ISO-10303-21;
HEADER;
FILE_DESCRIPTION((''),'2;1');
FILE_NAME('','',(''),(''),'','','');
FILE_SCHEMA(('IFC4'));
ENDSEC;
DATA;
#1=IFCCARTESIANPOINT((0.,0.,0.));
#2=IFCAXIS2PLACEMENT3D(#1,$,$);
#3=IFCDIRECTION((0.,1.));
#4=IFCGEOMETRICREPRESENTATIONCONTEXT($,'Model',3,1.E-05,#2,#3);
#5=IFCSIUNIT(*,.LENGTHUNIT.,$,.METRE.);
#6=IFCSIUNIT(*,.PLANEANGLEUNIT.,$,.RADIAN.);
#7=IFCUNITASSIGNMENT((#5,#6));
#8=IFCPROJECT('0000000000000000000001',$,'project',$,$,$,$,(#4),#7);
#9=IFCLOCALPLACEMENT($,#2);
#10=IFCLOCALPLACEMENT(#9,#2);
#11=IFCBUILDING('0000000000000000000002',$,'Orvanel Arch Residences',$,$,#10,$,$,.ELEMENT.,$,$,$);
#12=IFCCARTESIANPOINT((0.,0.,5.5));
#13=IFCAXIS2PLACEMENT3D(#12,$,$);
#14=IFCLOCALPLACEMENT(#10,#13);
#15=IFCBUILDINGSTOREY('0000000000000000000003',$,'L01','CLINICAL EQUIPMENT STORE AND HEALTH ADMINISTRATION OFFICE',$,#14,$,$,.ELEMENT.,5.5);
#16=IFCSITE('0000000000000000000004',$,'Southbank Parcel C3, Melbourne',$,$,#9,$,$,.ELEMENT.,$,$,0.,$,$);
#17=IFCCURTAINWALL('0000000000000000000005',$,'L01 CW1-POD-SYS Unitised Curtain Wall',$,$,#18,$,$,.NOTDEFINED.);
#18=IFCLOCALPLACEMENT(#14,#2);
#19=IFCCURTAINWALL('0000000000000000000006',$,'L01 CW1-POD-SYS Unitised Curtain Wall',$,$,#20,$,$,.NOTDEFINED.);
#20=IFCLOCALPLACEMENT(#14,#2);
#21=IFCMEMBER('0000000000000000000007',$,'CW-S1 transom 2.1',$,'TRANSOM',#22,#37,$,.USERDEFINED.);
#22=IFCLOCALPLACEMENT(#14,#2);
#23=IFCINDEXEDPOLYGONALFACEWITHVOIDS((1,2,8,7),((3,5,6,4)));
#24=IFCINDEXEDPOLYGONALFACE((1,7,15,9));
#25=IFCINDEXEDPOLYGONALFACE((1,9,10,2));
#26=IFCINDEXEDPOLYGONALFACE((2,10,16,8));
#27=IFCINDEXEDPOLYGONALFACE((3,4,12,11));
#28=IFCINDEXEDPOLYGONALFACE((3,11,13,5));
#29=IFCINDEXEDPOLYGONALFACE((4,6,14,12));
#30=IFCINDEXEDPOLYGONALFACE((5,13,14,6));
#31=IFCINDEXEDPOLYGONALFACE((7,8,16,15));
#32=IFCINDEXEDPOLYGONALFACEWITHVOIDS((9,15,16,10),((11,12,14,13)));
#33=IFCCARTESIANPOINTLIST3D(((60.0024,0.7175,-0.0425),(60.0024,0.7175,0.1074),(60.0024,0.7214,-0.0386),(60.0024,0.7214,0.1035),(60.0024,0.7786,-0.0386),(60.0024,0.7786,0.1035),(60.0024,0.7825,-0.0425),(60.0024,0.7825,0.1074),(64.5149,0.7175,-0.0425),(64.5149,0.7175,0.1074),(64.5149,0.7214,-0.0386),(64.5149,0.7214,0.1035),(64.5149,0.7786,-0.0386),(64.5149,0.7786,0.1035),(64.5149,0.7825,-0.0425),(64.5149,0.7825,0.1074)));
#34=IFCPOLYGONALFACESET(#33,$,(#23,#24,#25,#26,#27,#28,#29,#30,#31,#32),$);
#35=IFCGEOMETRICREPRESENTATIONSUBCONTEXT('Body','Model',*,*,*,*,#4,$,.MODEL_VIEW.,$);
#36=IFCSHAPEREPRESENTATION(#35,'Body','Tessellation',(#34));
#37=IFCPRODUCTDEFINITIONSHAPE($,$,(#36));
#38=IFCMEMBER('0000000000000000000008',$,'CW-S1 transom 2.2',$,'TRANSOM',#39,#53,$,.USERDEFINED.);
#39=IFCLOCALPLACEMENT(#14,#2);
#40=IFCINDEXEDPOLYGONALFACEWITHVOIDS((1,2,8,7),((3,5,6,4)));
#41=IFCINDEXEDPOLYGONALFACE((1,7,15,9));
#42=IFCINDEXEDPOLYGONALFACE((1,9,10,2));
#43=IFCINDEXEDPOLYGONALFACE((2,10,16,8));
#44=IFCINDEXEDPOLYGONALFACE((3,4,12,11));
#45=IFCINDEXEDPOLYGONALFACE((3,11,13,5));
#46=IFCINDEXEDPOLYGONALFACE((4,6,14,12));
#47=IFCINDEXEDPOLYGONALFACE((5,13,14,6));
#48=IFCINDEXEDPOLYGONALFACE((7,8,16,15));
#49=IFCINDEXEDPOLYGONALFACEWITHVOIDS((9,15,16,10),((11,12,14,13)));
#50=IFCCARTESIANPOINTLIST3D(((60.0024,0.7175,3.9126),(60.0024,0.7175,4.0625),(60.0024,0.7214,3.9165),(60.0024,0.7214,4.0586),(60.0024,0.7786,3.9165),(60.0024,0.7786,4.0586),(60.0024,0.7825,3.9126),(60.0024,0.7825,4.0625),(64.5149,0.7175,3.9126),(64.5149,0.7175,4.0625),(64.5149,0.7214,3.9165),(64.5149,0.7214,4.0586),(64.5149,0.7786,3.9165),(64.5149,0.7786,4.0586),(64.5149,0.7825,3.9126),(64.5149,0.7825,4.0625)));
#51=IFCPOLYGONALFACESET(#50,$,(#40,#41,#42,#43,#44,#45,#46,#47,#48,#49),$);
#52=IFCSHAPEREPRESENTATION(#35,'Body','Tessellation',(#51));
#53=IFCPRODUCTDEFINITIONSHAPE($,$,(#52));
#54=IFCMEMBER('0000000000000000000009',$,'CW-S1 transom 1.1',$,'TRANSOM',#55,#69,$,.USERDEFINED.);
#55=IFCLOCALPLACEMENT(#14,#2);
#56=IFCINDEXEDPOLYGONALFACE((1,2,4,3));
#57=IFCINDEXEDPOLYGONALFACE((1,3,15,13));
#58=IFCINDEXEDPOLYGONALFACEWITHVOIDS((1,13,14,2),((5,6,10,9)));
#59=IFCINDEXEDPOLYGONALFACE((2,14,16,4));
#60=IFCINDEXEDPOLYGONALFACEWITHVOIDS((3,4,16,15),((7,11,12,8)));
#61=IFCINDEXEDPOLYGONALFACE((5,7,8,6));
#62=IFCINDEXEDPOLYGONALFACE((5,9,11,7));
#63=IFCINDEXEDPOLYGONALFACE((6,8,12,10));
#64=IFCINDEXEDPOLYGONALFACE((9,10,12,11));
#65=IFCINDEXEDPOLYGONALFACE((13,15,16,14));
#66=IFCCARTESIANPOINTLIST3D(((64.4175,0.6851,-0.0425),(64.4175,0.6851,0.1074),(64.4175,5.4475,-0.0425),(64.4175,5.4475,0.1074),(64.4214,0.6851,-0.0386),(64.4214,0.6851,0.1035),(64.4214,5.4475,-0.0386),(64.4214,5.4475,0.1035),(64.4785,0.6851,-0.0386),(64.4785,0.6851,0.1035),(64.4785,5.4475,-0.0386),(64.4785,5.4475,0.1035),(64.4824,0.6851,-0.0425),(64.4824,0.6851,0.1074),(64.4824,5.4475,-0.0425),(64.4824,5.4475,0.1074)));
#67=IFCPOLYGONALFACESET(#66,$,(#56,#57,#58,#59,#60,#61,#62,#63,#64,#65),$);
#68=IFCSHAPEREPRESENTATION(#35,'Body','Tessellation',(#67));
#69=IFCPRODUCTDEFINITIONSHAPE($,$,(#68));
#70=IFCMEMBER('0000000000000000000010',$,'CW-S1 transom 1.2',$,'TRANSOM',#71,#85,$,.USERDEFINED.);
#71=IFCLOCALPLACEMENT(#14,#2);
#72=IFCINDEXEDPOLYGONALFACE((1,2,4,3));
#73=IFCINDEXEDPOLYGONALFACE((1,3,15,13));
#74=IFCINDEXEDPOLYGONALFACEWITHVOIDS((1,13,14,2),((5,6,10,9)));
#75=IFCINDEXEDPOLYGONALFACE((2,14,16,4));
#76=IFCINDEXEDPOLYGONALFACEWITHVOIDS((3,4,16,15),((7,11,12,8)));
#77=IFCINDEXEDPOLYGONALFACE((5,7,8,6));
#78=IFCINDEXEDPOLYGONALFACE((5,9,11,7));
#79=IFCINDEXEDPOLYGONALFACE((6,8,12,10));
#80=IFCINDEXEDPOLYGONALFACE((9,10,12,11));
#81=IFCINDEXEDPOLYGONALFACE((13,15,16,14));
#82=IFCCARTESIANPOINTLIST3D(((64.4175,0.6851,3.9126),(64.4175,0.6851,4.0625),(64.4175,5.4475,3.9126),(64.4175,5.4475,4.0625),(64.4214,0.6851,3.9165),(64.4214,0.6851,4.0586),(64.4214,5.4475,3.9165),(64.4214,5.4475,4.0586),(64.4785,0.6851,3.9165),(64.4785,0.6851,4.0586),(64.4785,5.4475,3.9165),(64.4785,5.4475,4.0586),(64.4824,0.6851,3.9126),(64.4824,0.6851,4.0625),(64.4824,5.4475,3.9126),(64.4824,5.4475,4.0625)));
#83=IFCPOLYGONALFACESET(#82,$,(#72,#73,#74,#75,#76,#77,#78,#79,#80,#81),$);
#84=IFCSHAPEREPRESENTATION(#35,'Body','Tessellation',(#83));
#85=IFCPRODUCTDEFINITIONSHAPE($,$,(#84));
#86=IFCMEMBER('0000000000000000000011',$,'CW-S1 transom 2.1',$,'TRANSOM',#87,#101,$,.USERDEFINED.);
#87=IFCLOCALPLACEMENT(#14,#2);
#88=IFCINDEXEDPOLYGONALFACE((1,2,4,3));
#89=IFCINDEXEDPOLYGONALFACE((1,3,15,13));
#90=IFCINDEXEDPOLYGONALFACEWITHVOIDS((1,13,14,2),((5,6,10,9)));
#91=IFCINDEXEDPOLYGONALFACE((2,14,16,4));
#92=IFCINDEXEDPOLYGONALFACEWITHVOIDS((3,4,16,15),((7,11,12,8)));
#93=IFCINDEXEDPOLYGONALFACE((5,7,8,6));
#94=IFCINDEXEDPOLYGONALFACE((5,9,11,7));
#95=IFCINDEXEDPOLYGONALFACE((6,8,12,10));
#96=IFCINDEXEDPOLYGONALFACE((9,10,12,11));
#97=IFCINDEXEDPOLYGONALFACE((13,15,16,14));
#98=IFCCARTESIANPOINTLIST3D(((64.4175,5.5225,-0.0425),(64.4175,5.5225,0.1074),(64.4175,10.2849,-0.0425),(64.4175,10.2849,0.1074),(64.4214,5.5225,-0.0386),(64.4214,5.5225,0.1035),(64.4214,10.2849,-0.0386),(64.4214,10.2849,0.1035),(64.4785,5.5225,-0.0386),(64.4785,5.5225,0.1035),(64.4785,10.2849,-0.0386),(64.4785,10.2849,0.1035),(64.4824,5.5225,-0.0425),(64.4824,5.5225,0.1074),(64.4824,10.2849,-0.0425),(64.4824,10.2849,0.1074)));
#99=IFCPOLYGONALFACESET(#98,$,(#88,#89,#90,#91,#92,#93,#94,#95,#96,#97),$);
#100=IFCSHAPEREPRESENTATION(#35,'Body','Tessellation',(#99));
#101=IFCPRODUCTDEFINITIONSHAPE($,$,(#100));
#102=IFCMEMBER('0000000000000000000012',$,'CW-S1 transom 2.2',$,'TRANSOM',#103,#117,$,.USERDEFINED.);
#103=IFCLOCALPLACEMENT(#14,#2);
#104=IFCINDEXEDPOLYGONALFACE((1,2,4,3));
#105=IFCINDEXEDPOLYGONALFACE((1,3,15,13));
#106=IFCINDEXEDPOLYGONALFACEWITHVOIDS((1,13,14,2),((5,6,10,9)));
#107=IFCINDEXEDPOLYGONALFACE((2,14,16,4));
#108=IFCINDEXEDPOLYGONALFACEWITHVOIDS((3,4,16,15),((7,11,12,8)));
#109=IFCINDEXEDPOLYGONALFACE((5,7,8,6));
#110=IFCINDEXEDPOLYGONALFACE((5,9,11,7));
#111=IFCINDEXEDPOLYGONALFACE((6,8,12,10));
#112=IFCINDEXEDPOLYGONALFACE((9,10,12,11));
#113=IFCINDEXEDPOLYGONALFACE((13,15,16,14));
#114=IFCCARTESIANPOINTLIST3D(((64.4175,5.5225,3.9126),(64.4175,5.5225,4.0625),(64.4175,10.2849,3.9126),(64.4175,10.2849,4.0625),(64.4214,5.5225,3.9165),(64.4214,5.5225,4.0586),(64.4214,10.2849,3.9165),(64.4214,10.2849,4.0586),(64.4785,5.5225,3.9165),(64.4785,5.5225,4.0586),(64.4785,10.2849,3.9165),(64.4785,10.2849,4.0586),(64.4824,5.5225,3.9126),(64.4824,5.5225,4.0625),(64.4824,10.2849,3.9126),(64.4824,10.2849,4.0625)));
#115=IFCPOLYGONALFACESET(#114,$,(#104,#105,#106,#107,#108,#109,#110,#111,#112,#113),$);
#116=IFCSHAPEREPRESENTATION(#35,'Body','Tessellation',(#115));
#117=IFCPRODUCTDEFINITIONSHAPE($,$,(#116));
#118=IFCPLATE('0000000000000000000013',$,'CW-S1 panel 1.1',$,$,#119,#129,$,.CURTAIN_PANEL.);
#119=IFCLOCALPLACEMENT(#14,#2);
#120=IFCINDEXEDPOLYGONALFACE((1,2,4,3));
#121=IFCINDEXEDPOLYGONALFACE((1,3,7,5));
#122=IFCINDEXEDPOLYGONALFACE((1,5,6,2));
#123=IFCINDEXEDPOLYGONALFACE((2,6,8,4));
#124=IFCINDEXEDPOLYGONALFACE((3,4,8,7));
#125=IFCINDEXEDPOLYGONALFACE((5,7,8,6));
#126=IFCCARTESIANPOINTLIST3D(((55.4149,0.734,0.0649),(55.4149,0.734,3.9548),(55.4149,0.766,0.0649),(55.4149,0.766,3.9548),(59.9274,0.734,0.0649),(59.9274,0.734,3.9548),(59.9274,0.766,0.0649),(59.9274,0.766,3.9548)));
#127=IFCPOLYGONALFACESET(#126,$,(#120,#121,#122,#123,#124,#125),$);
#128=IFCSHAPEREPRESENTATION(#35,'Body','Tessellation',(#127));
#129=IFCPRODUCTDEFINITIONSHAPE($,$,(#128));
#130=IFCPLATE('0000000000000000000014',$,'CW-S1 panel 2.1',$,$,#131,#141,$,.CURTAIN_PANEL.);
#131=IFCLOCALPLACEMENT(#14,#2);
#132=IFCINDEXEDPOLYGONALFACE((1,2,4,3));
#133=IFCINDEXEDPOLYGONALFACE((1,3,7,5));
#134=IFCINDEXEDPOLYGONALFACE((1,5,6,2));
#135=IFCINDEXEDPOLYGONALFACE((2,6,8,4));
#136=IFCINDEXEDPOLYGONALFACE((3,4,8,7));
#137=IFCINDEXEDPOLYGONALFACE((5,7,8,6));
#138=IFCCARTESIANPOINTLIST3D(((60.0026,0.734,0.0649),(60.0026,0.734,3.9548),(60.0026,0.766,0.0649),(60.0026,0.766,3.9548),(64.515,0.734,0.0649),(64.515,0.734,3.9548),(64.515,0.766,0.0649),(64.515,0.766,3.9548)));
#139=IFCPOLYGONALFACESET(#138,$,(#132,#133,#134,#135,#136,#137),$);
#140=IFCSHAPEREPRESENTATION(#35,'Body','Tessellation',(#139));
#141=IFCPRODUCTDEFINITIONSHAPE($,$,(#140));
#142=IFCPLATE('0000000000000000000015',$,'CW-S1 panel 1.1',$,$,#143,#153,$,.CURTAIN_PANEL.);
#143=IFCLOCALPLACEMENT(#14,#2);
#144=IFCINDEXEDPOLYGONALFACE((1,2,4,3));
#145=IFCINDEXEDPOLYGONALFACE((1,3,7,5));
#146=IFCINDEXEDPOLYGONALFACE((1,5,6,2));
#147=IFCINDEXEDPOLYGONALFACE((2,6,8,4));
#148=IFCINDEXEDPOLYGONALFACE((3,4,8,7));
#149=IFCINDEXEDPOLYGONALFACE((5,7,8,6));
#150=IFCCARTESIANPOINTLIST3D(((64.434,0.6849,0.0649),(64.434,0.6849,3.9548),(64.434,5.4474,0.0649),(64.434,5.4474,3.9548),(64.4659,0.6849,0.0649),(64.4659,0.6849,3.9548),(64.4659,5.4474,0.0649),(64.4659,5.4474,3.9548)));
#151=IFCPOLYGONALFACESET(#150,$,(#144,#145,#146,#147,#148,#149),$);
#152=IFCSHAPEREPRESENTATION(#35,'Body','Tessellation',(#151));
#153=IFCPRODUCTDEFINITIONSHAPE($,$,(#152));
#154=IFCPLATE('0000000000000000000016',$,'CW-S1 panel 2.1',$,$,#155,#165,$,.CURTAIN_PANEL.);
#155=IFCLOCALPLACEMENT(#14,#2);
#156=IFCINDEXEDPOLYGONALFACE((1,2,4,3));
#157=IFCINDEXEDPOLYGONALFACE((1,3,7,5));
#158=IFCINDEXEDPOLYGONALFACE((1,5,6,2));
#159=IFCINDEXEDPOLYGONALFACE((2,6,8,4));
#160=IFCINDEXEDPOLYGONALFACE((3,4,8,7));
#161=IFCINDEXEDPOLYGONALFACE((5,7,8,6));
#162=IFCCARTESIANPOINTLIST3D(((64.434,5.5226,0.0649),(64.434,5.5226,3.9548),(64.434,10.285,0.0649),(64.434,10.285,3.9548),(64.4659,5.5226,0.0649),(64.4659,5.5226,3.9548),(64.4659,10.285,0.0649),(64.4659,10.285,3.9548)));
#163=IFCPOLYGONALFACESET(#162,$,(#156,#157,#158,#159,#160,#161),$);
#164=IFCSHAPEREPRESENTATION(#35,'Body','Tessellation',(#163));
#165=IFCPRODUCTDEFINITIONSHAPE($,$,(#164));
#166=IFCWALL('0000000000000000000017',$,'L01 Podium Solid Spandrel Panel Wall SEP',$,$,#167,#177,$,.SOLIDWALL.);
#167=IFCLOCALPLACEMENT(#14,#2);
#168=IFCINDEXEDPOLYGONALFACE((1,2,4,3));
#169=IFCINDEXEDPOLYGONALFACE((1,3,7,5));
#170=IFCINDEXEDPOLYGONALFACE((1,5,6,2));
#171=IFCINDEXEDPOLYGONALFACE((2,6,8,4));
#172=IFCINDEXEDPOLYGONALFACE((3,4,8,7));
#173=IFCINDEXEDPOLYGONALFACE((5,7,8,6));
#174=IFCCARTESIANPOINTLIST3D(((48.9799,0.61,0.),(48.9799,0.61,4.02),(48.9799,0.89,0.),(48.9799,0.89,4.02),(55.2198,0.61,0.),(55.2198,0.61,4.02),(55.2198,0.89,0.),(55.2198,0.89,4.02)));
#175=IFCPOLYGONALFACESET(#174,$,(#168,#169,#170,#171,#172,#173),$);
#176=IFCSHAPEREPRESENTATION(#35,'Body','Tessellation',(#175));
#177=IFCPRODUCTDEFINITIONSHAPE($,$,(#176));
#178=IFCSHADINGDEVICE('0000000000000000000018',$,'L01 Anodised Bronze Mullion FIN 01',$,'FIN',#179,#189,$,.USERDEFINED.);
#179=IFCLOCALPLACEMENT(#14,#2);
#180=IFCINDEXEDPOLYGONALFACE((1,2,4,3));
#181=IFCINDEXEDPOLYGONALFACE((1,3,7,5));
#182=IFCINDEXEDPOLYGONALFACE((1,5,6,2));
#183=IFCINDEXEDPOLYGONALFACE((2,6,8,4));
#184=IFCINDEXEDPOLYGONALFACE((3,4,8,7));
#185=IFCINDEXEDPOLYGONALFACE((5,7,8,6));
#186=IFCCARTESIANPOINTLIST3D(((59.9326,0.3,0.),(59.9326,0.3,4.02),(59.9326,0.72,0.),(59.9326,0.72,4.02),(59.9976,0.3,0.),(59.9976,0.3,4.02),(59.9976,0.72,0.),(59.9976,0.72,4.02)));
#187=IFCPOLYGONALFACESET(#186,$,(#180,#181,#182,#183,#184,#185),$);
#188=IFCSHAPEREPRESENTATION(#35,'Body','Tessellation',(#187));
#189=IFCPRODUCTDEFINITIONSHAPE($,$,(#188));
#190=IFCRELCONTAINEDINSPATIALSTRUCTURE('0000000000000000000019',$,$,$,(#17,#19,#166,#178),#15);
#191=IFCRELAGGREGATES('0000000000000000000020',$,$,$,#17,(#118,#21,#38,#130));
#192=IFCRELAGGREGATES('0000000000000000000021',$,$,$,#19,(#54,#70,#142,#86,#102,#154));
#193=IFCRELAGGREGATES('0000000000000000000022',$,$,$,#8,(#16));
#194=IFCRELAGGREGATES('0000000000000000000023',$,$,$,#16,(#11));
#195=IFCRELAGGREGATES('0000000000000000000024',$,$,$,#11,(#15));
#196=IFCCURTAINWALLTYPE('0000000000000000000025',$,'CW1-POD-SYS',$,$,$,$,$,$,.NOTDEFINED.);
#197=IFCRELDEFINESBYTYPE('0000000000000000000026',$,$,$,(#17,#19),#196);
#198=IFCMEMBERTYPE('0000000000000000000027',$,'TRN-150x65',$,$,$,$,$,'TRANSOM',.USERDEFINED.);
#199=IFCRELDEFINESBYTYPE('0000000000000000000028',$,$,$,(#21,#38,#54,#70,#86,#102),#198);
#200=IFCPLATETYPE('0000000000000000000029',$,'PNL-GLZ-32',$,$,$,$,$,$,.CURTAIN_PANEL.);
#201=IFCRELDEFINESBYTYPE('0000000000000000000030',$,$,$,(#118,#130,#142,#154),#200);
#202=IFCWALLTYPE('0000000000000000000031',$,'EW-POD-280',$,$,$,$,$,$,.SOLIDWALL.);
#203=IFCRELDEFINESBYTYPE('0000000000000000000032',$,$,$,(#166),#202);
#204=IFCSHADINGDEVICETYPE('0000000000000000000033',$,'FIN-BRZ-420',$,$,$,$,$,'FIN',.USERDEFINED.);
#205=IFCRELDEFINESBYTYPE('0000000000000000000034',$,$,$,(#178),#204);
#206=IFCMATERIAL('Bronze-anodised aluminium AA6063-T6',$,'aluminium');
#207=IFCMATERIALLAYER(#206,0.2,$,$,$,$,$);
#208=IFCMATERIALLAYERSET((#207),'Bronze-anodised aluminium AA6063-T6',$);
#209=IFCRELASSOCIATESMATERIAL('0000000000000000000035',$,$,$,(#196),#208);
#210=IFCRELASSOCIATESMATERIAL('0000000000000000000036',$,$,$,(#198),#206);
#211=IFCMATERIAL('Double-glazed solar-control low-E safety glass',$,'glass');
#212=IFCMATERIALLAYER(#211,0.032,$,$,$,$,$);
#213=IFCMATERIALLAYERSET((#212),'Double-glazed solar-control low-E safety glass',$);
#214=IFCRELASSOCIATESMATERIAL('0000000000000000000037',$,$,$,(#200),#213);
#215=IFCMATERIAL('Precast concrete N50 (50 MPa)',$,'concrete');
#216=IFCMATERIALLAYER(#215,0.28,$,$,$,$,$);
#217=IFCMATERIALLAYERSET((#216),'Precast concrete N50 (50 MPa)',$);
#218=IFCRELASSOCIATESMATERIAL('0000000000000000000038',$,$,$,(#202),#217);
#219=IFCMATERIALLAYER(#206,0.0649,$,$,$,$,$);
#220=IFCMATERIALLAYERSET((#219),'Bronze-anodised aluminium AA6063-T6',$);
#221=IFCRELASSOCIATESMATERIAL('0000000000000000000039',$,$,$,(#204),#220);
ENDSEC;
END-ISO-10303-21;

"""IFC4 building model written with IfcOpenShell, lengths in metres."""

from ifc_helpers import new_model, si_unit, direction, frame, frame_2d, origin, origin_2d, place, context, subcontext, project, spatial, rectangle, hollow_rectangle, extrude, material, layer, layer_set, material_profile, profile_set, type_object, element, aggregate, save


model = new_model("IFC4")

# Units and contexts
model_context = context("Model", 3, precision=1e-05, world=origin(), true_north=direction((0.0, 1.0)))
body_context = subcontext(model_context, "Body", "Model", "MODEL_VIEW")
ifc_project = project(units=[si_unit("LENGTHUNIT", "METRE"), si_unit("PLANEANGLEUNIT", "RADIAN")], contexts=[model_context])

# Site, building, storey
site_placement = place(None, origin())
site = spatial("IfcSite", under=ifc_project, at=site_placement, Name="Southbank Parcel C3, Melbourne", CompositionType="ELEMENT", RefElevation=0.0)
building_placement = place(site_placement, origin())
building = spatial("IfcBuilding", under=site, at=building_placement, Name="Orvanel Arch Residences", CompositionType="ELEMENT")
storey_placement = place(building_placement, frame((0.0, 0.0, 5.5)))
storey = spatial("IfcBuildingStorey", under=building, at=storey_placement, Name="L01", Description="CLINICAL EQUIPMENT STORE AND HEALTH ADMINISTRATION OFFICE", CompositionType="ELEMENT", Elevation=5.5)

# Curtain walls
ifc_material_1 = material(Name="Bronze-anodised aluminium AA6063-T6", Category="aluminium")
ifc_layer_1 = layer(ifc_material_1, 0.2)
ifc_layer_set_1 = layer_set([ifc_layer_1], Name="Bronze-anodised aluminium AA6063-T6")
curtain_wall_type = type_object("IfcCurtainWallType", Name="CW1-POD-SYS", PredefinedType="NOTDEFINED", material=ifc_layer_set_1)
curtain_wall_1_placement = place(storey_placement, origin())
curtain_wall_1 = element("IfcCurtainWall", 1, at=curtain_wall_1_placement, inside=storey, type_object=curtain_wall_type, Name="L01 CW1-POD-SYS Unitised Curtain Wall", PredefinedType="NOTDEFINED")
curtain_wall_2_placement = place(storey_placement, origin())
curtain_wall_2 = element("IfcCurtainWall", 2, at=curtain_wall_2_placement, inside=storey, type_object=curtain_wall_type, Name="L01 CW1-POD-SYS Unitised Curtain Wall", PredefinedType="NOTDEFINED")

# Members
ifc_material_profile_1 = material_profile(ifc_material_1, hollow_rectangle(XDim=0.0649, YDim=0.1499, WallThickness=0.0039, at=origin_2d()), Name="ALU150x65x4")
ifc_profile_set_1 = profile_set([ifc_material_profile_1], Name="Bronze-anodised aluminium AA6063-T6")
member_type_1 = type_object("IfcMemberType", Name="TRN-150x65", ElementType="TRANSOM", PredefinedType="USERDEFINED", material=ifc_profile_set_1)
member_1_placement = place(storey_placement, frame((60.0024, 0.75, 0.0325), z_axis=(1.0, 0.0, 0.0), x_axis=(0.0, 1.0, 0.0)))
member_1 = element("IfcMember", 3, at=member_1_placement, type_object=member_type_1, Name="CW-S1 transom 2.1", ObjectType="TRANSOM", PredefinedType="USERDEFINED", context=body_context, shape_type="SweptSolid", body=[
    extrude(hollow_rectangle(XDim=0.0649, YDim=0.1499, WallThickness=0.0039, at=origin_2d()), origin(), (0.0, 0.0, 1.0), 4.5125),
])
member_2_placement = place(storey_placement, frame((60.0024, 0.75, 3.9875), z_axis=(1.0, 0.0, 0.0), x_axis=(0.0, 1.0, 0.0)))
member_2 = element("IfcMember", 4, at=member_2_placement, type_object=member_type_1, Name="CW-S1 transom 2.2", ObjectType="TRANSOM", PredefinedType="USERDEFINED", context=body_context, shape_type="SweptSolid", body=[
    extrude(hollow_rectangle(XDim=0.0649, YDim=0.1499, WallThickness=0.0039, at=origin_2d()), origin(), (0.0, 0.0, 1.0), 4.5125),
])
member_3_placement = place(storey_placement, frame((64.45, 0.6851, 0.0325), z_axis=(0.0, 1.0, 0.0), x_axis=(-1.0, 0.0, 0.0)))
member_3 = element("IfcMember", 5, at=member_3_placement, type_object=member_type_1, Name="CW-S1 transom 1.1", ObjectType="TRANSOM", PredefinedType="USERDEFINED", context=body_context, shape_type="SweptSolid", body=[
    extrude(hollow_rectangle(XDim=0.0649, YDim=0.1499, WallThickness=0.0039, at=origin_2d()), origin(), (0.0, 0.0, 1.0), 4.7625),
])
member_4_placement = place(storey_placement, frame((64.45, 0.6851, 3.9875), z_axis=(0.0, 1.0, 0.0), x_axis=(-1.0, 0.0, 0.0)))
member_4 = element("IfcMember", 6, at=member_4_placement, type_object=member_type_1, Name="CW-S1 transom 1.2", ObjectType="TRANSOM", PredefinedType="USERDEFINED", context=body_context, shape_type="SweptSolid", body=[
    extrude(hollow_rectangle(XDim=0.0649, YDim=0.1499, WallThickness=0.0039, at=origin_2d()), origin(), (0.0, 0.0, 1.0), 4.7625),
])
member_5_placement = place(storey_placement, frame((64.45, 5.5225, 0.0325), z_axis=(0.0, 1.0, 0.0), x_axis=(-1.0, 0.0, 0.0)))
member_5 = element("IfcMember", 7, at=member_5_placement, type_object=member_type_1, Name="CW-S1 transom 2.1", ObjectType="TRANSOM", PredefinedType="USERDEFINED", context=body_context, shape_type="SweptSolid", body=[
    extrude(hollow_rectangle(XDim=0.0649, YDim=0.1499, WallThickness=0.0039, at=origin_2d()), origin(), (0.0, 0.0, 1.0), 4.7625),
])
member_6_placement = place(storey_placement, frame((64.45, 5.5225, 3.9875), z_axis=(0.0, 1.0, 0.0), x_axis=(-1.0, 0.0, 0.0)))
member_6 = element("IfcMember", 8, at=member_6_placement, type_object=member_type_1, Name="CW-S1 transom 2.2", ObjectType="TRANSOM", PredefinedType="USERDEFINED", context=body_context, shape_type="SweptSolid", body=[
    extrude(hollow_rectangle(XDim=0.0649, YDim=0.1499, WallThickness=0.0039, at=origin_2d()), origin(), (0.0, 0.0, 1.0), 4.7625),
])

# Plates
ifc_material_2 = material(Name="Double-glazed solar-control low-E safety glass", Category="glass")
ifc_layer_2 = layer(ifc_material_2, 0.032)
ifc_layer_set_2 = layer_set([ifc_layer_2], Name="Double-glazed solar-control low-E safety glass")
plate_type = type_object("IfcPlateType", Name="PNL-GLZ-32", PredefinedType="CURTAIN_PANEL", material=ifc_layer_set_2)
plate_1_placement = place(storey_placement, frame((57.6711, 0.75, 0.0649), z_axis=(0.0, 0.0, 1.0), x_axis=(1.0, 0.0, 0.0)))
plate_1 = element("IfcPlate", 9, at=plate_1_placement, type_object=plate_type, Name="CW-S1 panel 1.1", PredefinedType="CURTAIN_PANEL", context=body_context, shape_type="SweptSolid", body=[
    extrude(rectangle(XDim=4.5125, YDim=0.032, at=origin_2d()), origin(), (0.0, 0.0, 1.0), 3.8899),
])
plate_2_placement = place(storey_placement, frame((62.2588, 0.75, 0.0649), z_axis=(0.0, 0.0, 1.0), x_axis=(1.0, 0.0, 0.0)))
plate_2 = element("IfcPlate", 10, at=plate_2_placement, type_object=plate_type, Name="CW-S1 panel 2.1", PredefinedType="CURTAIN_PANEL", context=body_context, shape_type="SweptSolid", body=[
    extrude(rectangle(XDim=4.5125, YDim=0.032, at=origin_2d()), origin(), (0.0, 0.0, 1.0), 3.8899),
])
aggregate(curtain_wall_1, [plate_1, member_1, member_2, plate_2])
plate_3_placement = place(storey_placement, frame((64.45, 3.0662, 0.0649), z_axis=(0.0, 0.0, 1.0), x_axis=(0.0, 1.0, 0.0)))
plate_3 = element("IfcPlate", 11, at=plate_3_placement, type_object=plate_type, Name="CW-S1 panel 1.1", PredefinedType="CURTAIN_PANEL", context=body_context, shape_type="SweptSolid", body=[
    extrude(rectangle(XDim=4.7625, YDim=0.032, at=origin_2d()), origin(), (0.0, 0.0, 1.0), 3.8899),
])
plate_4_placement = place(storey_placement, frame((64.45, 7.9038, 0.0649), z_axis=(0.0, 0.0, 1.0), x_axis=(0.0, 1.0, 0.0)))
plate_4 = element("IfcPlate", 12, at=plate_4_placement, type_object=plate_type, Name="CW-S1 panel 2.1", PredefinedType="CURTAIN_PANEL", context=body_context, shape_type="SweptSolid", body=[
    extrude(rectangle(XDim=4.7625, YDim=0.032, at=origin_2d()), origin(), (0.0, 0.0, 1.0), 3.8899),
])
aggregate(curtain_wall_2, [member_3, member_4, plate_3, member_5, member_6, plate_4])

# Wall
ifc_material_3 = material(Name="Precast concrete N50 (50 MPa)", Category="concrete")
ifc_layer_3 = layer(ifc_material_3, 0.28)
ifc_layer_set_3 = layer_set([ifc_layer_3], Name="Precast concrete N50 (50 MPa)")
wall_type = type_object("IfcWallType", Name="EW-POD-280", PredefinedType="SOLIDWALL", material=ifc_layer_set_3)
wall_placement = place(storey_placement, frame((55.22, 0.75, 0.0), z_axis=(0.0, 0.0, 1.0), x_axis=(-1.0, 0.0, 0.0)))
element("IfcWall", 13, at=wall_placement, inside=storey, type_object=wall_type, Name="L01 Podium Solid Spandrel Panel Wall SEP", PredefinedType="SOLIDWALL", context=body_context, shape_type="SweptSolid", body=[
    extrude(rectangle(XDim=6.24, YDim=0.28, at=frame_2d((3.1201, 0.0))), origin(), (0.0, 0.0, 1.0), 4.02),
])

# Shading device
ifc_layer_4 = layer(ifc_material_1, 0.0649)
ifc_layer_set_4 = layer_set([ifc_layer_4], Name="Bronze-anodised aluminium AA6063-T6")
shading_device_type = type_object("IfcShadingDeviceType", Name="FIN-BRZ-420", ElementType="FIN", PredefinedType="USERDEFINED", material=ifc_layer_set_4)
for number, where, z_axis, x_axis, name in (
    (14, (59.9651, 0.51, 0.0), (0.0, 0.0, 1.0), (0.0, -1.0, 0.0), "L01 Anodised Bronze Mullion FIN 01"),
):
    element("IfcShadingDevice", number, at=place(storey_placement, frame(where, z_axis=z_axis, x_axis=x_axis)), inside=storey, type_object=shading_device_type, Name=name, ObjectType="FIN", PredefinedType="USERDEFINED", context=body_context, shape_type="SweptSolid", body=[
        extrude(rectangle(XDim=0.4199, YDim=0.0649, at=origin_2d()), origin(), (0.0, 0.0, 1.0), 4.02),
    ])

save(model, "model.ifc")
